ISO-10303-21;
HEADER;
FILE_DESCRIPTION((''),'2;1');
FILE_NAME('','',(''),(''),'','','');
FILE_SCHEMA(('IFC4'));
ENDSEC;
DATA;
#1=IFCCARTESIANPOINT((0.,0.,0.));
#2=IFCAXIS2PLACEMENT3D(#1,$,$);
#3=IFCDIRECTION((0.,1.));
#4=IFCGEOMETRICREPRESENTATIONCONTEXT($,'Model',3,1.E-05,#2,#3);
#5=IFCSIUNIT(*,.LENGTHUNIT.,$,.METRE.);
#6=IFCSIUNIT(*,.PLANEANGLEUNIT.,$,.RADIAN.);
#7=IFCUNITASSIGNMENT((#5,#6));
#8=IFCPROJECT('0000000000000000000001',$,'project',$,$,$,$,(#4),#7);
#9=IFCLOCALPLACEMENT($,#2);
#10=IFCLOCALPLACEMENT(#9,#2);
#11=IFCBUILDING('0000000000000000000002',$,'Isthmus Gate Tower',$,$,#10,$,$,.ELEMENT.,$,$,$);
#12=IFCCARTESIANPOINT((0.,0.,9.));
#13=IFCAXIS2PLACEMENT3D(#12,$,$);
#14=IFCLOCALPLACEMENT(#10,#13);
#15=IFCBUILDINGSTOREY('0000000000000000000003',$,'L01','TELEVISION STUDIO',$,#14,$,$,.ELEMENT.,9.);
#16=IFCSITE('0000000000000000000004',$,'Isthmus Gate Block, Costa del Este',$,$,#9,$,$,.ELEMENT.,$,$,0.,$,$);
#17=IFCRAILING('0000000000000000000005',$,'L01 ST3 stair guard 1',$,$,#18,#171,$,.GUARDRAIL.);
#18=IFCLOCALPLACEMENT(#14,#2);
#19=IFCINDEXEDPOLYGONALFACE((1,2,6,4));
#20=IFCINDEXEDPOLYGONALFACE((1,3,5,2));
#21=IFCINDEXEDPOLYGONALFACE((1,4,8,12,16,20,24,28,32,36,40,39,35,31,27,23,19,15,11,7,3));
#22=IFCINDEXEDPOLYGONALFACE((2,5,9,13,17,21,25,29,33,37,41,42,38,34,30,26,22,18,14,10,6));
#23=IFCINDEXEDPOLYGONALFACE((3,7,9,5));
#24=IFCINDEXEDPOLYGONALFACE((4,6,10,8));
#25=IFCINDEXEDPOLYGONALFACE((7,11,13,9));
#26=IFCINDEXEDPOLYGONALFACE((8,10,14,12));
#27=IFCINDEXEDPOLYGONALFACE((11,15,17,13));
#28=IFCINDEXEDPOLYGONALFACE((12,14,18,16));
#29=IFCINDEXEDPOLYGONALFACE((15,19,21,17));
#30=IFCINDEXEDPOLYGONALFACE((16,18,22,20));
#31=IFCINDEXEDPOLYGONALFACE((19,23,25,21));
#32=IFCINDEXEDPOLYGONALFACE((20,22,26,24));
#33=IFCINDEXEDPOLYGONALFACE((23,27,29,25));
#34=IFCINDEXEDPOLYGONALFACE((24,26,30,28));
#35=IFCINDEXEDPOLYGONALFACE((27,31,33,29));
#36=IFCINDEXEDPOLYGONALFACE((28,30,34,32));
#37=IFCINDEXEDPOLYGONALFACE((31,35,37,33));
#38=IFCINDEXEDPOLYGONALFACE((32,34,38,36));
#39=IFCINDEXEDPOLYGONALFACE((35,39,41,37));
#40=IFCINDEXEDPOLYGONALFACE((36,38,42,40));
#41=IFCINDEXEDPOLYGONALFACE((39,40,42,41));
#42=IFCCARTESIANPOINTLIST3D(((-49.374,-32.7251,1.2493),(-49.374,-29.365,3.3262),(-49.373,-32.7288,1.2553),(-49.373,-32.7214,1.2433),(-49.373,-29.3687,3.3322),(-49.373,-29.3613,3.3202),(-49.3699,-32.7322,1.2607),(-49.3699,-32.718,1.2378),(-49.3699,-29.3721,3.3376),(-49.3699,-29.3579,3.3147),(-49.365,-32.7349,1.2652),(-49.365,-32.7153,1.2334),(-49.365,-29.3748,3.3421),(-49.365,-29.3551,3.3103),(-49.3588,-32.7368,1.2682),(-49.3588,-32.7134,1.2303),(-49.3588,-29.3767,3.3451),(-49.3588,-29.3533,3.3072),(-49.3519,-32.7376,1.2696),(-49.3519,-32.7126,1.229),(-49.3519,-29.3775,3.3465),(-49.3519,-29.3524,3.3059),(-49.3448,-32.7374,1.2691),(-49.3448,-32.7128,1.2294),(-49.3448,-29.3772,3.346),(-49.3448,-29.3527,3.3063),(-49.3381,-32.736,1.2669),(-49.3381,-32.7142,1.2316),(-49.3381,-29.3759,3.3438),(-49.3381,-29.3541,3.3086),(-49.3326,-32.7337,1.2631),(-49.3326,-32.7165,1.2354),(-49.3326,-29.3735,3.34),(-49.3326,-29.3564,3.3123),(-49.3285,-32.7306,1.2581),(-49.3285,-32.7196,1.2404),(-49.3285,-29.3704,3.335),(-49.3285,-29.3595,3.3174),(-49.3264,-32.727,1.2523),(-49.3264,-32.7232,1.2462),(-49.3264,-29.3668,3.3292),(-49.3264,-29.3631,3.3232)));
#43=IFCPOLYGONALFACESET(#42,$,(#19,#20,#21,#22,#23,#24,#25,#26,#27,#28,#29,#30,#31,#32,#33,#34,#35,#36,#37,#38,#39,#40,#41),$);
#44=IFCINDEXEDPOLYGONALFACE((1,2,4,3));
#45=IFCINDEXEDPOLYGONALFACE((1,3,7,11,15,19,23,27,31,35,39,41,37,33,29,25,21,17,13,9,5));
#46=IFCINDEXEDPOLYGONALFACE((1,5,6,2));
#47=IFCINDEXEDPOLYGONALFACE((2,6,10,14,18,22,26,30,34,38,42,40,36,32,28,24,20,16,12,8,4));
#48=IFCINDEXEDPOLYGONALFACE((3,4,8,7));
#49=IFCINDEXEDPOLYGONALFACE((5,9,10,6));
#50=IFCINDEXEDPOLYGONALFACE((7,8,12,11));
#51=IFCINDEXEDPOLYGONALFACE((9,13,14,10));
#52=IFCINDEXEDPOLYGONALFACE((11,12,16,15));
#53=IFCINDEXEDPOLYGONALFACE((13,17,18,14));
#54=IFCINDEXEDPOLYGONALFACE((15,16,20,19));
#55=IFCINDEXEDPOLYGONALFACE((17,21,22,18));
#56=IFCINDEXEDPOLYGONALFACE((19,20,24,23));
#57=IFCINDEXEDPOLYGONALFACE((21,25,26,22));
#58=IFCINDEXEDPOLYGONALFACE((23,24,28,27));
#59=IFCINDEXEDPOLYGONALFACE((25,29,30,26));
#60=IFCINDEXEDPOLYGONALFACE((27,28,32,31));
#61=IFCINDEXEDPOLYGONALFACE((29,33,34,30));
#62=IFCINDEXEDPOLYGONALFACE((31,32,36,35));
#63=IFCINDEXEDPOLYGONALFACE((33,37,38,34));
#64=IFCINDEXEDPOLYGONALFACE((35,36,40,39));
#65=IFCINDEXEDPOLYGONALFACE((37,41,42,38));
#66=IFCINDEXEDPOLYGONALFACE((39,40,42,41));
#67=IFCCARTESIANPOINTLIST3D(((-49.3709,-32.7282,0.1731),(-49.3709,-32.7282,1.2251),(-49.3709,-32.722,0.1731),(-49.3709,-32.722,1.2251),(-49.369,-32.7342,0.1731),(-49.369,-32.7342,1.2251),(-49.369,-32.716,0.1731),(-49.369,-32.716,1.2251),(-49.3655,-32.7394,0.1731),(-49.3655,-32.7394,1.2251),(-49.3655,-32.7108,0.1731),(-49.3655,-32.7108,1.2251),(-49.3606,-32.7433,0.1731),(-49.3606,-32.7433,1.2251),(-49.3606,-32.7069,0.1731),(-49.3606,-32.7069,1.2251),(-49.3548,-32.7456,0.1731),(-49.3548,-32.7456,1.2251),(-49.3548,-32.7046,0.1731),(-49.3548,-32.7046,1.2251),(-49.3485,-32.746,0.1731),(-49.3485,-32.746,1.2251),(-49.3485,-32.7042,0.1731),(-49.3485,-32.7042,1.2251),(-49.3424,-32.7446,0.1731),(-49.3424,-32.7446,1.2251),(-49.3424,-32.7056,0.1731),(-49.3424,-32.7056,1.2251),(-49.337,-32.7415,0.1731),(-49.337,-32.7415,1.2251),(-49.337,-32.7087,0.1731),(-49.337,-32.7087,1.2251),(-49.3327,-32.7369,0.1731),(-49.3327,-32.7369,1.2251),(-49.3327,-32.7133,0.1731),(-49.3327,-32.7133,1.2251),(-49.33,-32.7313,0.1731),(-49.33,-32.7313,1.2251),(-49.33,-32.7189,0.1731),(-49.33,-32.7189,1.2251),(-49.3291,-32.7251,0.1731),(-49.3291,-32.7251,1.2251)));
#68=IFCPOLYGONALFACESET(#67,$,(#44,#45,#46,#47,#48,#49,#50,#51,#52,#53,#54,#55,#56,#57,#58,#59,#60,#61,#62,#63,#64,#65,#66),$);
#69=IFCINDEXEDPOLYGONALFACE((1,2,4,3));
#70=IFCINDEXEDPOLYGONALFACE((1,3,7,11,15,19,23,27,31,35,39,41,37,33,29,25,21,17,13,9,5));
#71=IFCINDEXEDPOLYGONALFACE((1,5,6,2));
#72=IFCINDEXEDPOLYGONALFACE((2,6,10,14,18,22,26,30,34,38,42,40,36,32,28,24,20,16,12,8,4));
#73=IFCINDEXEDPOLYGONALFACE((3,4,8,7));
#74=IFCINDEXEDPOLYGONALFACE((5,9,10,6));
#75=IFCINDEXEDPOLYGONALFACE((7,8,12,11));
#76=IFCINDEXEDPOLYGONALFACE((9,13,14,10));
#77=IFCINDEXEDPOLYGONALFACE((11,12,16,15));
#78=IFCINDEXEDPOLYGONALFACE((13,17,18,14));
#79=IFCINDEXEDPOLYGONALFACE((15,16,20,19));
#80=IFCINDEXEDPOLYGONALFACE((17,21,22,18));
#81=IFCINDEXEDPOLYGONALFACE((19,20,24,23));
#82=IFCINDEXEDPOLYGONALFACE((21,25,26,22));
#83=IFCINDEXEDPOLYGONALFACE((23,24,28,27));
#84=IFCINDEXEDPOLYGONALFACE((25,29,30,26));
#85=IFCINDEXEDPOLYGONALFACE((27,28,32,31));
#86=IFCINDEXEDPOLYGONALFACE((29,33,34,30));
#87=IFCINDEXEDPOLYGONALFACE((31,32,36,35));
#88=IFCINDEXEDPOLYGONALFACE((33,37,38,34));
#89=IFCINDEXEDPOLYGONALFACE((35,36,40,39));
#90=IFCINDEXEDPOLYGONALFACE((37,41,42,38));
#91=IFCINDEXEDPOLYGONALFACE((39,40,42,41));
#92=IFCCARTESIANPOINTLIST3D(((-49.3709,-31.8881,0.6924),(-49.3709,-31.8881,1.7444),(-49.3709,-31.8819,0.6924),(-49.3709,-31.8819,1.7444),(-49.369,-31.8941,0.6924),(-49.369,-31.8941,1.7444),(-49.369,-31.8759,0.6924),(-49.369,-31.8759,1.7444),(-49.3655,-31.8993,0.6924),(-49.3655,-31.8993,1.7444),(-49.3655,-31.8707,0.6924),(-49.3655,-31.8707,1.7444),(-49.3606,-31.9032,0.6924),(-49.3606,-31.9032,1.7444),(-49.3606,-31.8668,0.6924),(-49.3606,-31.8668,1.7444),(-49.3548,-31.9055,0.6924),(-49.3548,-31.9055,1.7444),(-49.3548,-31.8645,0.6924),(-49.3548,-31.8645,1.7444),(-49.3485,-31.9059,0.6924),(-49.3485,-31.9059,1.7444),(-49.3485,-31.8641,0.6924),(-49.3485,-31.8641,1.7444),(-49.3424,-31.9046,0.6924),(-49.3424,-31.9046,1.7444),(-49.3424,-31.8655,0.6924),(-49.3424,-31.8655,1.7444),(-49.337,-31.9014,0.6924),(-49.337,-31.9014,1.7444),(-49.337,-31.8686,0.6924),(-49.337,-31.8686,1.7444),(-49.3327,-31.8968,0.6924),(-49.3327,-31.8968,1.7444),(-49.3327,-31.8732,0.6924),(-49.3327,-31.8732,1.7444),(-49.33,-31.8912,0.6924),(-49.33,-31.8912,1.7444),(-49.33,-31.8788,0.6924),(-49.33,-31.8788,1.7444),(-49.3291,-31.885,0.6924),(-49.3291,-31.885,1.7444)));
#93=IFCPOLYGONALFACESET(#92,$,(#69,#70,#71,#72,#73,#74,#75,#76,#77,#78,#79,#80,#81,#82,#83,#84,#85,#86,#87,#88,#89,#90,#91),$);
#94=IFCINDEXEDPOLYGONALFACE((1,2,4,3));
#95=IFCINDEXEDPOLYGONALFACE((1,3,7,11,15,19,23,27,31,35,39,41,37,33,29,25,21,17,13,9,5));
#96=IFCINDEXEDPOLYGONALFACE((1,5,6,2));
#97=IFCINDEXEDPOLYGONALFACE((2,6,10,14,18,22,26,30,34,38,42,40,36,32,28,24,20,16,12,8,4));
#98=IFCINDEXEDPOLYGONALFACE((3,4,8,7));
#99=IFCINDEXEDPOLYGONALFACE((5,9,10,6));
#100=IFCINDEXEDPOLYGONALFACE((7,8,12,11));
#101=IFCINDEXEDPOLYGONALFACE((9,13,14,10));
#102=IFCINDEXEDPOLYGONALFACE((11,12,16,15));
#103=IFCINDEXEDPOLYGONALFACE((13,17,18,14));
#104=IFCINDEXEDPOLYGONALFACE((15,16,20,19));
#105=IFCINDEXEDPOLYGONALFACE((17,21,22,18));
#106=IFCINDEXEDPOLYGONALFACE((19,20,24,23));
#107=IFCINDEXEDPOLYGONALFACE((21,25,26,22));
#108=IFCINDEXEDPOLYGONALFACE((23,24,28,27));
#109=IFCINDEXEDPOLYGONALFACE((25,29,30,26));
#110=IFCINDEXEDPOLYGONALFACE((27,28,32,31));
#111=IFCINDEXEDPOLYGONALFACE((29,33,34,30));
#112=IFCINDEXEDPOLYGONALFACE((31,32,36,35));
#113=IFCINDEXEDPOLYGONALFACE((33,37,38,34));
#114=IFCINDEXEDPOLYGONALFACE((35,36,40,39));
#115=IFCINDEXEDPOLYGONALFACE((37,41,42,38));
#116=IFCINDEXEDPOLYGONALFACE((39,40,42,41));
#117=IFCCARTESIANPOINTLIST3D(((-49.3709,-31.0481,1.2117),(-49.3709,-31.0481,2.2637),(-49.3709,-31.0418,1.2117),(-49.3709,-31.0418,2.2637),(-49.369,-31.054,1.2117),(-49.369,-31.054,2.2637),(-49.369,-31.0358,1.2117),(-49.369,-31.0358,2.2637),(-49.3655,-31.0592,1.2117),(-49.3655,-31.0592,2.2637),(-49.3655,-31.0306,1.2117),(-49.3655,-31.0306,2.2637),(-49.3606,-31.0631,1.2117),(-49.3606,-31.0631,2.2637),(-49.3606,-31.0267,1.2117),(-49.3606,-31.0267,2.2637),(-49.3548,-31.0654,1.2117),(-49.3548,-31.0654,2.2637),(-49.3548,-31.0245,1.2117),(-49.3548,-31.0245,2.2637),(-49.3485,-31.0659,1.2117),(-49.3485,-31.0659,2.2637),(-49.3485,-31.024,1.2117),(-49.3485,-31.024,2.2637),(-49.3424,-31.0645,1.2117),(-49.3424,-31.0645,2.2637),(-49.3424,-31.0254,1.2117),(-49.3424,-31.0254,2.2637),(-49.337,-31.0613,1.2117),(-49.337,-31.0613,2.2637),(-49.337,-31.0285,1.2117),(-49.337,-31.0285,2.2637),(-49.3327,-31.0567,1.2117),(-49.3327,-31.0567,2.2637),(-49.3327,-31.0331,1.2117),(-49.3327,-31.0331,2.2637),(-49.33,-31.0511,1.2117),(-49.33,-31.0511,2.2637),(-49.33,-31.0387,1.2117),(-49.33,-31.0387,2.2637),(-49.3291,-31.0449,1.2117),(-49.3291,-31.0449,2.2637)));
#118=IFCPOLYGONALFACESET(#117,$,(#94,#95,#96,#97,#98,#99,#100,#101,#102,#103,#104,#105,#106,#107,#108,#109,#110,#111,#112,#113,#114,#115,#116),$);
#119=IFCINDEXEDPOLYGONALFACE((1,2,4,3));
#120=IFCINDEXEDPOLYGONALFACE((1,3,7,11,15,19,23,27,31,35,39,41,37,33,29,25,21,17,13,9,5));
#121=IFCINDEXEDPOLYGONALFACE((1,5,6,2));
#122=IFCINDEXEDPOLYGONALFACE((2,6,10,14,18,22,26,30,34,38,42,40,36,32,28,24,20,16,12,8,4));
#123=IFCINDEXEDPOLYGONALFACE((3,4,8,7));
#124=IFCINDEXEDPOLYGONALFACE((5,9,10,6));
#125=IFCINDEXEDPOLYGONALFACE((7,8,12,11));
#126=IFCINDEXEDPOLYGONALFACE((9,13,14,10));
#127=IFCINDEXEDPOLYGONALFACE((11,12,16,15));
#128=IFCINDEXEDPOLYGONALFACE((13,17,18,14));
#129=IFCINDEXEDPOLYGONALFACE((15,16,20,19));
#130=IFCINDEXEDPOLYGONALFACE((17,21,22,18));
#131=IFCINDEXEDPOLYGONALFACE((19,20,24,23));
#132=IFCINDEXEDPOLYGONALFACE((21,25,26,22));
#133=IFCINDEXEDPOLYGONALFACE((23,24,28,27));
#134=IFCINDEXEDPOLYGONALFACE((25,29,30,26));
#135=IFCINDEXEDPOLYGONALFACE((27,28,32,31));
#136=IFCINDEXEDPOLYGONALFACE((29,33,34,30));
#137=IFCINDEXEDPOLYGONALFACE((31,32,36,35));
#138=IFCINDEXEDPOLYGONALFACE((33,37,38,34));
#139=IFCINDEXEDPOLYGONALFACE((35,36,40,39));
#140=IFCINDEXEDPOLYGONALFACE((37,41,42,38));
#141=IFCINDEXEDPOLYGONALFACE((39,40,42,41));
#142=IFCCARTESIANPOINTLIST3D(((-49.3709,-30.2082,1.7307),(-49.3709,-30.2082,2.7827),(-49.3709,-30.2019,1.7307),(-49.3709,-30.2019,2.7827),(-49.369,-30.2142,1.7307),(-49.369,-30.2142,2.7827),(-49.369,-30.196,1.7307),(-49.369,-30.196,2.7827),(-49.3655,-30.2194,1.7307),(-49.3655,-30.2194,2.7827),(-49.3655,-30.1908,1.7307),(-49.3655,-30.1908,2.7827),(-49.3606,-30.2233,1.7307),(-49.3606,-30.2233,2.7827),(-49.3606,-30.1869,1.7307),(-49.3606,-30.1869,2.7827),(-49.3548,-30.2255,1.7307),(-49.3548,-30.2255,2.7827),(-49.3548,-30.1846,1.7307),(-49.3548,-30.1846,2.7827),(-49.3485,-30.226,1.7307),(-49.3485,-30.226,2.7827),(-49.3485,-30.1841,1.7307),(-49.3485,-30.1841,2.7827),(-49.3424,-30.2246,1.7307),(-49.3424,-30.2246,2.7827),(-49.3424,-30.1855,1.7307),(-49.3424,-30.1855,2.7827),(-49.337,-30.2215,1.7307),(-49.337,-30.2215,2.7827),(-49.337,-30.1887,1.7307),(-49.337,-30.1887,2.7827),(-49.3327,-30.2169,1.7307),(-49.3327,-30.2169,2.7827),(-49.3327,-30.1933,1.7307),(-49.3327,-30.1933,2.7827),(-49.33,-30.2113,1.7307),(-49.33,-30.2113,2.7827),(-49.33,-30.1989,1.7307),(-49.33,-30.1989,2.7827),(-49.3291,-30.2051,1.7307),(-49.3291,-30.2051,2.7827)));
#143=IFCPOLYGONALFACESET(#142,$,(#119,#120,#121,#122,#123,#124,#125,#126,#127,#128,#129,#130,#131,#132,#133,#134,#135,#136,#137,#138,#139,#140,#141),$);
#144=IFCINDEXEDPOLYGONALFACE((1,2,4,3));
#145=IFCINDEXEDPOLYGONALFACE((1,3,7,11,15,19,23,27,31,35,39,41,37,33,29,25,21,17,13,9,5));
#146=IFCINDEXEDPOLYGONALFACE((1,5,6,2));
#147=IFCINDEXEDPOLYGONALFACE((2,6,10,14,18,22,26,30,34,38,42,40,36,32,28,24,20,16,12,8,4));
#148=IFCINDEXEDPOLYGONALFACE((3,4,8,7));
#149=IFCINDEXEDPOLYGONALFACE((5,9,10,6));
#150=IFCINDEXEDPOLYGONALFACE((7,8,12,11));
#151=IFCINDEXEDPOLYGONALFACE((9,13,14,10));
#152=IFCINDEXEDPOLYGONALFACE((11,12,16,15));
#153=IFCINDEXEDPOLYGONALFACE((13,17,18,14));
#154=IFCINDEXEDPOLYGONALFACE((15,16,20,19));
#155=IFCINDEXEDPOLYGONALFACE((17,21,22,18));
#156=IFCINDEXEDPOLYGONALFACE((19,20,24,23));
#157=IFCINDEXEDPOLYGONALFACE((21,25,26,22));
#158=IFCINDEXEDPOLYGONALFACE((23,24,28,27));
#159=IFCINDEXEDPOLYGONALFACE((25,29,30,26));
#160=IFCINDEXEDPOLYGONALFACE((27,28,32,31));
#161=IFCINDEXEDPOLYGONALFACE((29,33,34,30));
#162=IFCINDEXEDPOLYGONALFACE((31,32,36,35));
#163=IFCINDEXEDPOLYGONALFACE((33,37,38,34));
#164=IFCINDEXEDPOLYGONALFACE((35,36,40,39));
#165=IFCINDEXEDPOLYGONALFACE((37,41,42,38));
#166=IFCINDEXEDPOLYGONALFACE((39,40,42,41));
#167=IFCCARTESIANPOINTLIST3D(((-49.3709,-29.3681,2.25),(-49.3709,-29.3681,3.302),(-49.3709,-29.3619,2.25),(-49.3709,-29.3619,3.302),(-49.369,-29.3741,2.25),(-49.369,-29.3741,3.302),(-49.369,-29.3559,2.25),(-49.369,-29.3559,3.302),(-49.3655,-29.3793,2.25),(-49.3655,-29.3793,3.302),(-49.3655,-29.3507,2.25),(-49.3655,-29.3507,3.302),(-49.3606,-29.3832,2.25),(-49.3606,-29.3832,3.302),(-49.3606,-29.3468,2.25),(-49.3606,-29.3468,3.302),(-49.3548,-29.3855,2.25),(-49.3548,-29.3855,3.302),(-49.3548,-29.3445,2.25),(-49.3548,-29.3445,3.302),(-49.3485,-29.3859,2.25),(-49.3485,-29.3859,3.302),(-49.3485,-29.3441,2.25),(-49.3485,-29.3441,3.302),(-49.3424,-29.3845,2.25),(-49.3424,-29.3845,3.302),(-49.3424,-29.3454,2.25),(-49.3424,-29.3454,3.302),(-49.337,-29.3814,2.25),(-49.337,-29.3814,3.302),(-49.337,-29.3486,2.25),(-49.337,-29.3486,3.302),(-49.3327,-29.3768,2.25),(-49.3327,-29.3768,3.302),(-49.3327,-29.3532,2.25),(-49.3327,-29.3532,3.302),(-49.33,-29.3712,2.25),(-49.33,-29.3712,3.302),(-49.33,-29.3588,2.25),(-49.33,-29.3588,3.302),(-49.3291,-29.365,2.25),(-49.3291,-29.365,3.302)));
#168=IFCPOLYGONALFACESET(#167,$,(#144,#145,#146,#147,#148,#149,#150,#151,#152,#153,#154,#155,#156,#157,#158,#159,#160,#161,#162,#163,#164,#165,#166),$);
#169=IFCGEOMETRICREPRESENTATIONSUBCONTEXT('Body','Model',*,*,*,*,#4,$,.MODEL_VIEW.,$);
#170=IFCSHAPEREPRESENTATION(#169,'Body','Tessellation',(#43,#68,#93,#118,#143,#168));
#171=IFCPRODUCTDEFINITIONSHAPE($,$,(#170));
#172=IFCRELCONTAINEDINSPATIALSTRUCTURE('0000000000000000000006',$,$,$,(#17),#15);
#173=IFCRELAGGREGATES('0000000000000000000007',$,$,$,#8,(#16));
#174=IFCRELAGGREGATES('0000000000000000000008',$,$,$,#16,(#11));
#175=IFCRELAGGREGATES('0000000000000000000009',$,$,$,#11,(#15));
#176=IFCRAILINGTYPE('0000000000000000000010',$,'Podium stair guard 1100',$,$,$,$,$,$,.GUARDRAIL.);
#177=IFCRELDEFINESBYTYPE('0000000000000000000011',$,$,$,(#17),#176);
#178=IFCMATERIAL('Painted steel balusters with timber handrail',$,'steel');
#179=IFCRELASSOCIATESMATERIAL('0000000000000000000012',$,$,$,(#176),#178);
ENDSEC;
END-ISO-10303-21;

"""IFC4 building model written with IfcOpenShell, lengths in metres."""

from ifc_helpers import new_model, si_unit, direction, frame, origin, origin_2d, place, context, subcontext, project, spatial, circle, extrude, material, type_object, element, save


model = new_model("IFC4")

# Units and contexts
model_context = context("Model", 3, precision=1e-05, world=origin(), true_north=direction((0.0, 1.0)))
body_context = subcontext(model_context, "Body", "Model", "MODEL_VIEW")
ifc_project = project(units=[si_unit("LENGTHUNIT", "METRE"), si_unit("PLANEANGLEUNIT", "RADIAN")], contexts=[model_context])

# Site, building, storey
site_placement = place(None, origin())
site = spatial("IfcSite", under=ifc_project, at=site_placement, Name="Isthmus Gate Block, Costa del Este", CompositionType="ELEMENT", RefElevation=0.0)
building_placement = place(site_placement, origin())
building = spatial("IfcBuilding", under=site, at=building_placement, Name="Isthmus Gate Tower", CompositionType="ELEMENT")
storey_placement = place(building_placement, frame((0.0, 0.0, 9.0)))
storey = spatial("IfcBuildingStorey", under=building, at=storey_placement, Name="L01", Description="TELEVISION STUDIO", CompositionType="ELEMENT", Elevation=9.0)

# Railing
ifc_material_1 = material(Name="Painted steel balusters with timber handrail", Category="steel")
railing_type_1 = type_object("IfcRailingType", Name="Podium stair guard 1100", PredefinedType="GUARDRAIL", material=ifc_material_1)
railing_1_placement = place(storey_placement, frame((-49.3501, -32.7251, 0.1731)))
element("IfcRailing", 1, at=railing_1_placement, inside=storey, type_object=railing_type_1, Name="L01 ST3 stair guard 1", PredefinedType="GUARDRAIL", context=body_context, shape_type="SweptSolid", body=[
    extrude(circle(Radius=0.0239, at=origin_2d()), frame((0.0, 0.0, 1.0762), z_axis=(0.0, 0.850623, 0.525776), x_axis=(-1.0, 0.0, 0.0)), (0.0, 0.0, 1.0), 3.9502),
    extrude(circle(Radius=0.021, at=origin_2d()), origin(), (0.0, 0.0, 1.0), 1.052),
    extrude(circle(Radius=0.021, at=origin_2d()), frame((0.0, 0.8401, 0.5193)), (0.0, 0.0, 1.0), 1.052),
    extrude(circle(Radius=0.021, at=origin_2d()), frame((0.0, 1.6802, 1.0386)), (0.0, 0.0, 1.0), 1.052),
    extrude(circle(Radius=0.021, at=origin_2d()), frame((0.0, 2.52, 1.5576)), (0.0, 0.0, 1.0), 1.052),
    extrude(circle(Radius=0.021, at=origin_2d()), frame((0.0, 3.3601, 2.0769)), (0.0, 0.0, 1.0), 1.052),
])

save(model, "model.ifc")
